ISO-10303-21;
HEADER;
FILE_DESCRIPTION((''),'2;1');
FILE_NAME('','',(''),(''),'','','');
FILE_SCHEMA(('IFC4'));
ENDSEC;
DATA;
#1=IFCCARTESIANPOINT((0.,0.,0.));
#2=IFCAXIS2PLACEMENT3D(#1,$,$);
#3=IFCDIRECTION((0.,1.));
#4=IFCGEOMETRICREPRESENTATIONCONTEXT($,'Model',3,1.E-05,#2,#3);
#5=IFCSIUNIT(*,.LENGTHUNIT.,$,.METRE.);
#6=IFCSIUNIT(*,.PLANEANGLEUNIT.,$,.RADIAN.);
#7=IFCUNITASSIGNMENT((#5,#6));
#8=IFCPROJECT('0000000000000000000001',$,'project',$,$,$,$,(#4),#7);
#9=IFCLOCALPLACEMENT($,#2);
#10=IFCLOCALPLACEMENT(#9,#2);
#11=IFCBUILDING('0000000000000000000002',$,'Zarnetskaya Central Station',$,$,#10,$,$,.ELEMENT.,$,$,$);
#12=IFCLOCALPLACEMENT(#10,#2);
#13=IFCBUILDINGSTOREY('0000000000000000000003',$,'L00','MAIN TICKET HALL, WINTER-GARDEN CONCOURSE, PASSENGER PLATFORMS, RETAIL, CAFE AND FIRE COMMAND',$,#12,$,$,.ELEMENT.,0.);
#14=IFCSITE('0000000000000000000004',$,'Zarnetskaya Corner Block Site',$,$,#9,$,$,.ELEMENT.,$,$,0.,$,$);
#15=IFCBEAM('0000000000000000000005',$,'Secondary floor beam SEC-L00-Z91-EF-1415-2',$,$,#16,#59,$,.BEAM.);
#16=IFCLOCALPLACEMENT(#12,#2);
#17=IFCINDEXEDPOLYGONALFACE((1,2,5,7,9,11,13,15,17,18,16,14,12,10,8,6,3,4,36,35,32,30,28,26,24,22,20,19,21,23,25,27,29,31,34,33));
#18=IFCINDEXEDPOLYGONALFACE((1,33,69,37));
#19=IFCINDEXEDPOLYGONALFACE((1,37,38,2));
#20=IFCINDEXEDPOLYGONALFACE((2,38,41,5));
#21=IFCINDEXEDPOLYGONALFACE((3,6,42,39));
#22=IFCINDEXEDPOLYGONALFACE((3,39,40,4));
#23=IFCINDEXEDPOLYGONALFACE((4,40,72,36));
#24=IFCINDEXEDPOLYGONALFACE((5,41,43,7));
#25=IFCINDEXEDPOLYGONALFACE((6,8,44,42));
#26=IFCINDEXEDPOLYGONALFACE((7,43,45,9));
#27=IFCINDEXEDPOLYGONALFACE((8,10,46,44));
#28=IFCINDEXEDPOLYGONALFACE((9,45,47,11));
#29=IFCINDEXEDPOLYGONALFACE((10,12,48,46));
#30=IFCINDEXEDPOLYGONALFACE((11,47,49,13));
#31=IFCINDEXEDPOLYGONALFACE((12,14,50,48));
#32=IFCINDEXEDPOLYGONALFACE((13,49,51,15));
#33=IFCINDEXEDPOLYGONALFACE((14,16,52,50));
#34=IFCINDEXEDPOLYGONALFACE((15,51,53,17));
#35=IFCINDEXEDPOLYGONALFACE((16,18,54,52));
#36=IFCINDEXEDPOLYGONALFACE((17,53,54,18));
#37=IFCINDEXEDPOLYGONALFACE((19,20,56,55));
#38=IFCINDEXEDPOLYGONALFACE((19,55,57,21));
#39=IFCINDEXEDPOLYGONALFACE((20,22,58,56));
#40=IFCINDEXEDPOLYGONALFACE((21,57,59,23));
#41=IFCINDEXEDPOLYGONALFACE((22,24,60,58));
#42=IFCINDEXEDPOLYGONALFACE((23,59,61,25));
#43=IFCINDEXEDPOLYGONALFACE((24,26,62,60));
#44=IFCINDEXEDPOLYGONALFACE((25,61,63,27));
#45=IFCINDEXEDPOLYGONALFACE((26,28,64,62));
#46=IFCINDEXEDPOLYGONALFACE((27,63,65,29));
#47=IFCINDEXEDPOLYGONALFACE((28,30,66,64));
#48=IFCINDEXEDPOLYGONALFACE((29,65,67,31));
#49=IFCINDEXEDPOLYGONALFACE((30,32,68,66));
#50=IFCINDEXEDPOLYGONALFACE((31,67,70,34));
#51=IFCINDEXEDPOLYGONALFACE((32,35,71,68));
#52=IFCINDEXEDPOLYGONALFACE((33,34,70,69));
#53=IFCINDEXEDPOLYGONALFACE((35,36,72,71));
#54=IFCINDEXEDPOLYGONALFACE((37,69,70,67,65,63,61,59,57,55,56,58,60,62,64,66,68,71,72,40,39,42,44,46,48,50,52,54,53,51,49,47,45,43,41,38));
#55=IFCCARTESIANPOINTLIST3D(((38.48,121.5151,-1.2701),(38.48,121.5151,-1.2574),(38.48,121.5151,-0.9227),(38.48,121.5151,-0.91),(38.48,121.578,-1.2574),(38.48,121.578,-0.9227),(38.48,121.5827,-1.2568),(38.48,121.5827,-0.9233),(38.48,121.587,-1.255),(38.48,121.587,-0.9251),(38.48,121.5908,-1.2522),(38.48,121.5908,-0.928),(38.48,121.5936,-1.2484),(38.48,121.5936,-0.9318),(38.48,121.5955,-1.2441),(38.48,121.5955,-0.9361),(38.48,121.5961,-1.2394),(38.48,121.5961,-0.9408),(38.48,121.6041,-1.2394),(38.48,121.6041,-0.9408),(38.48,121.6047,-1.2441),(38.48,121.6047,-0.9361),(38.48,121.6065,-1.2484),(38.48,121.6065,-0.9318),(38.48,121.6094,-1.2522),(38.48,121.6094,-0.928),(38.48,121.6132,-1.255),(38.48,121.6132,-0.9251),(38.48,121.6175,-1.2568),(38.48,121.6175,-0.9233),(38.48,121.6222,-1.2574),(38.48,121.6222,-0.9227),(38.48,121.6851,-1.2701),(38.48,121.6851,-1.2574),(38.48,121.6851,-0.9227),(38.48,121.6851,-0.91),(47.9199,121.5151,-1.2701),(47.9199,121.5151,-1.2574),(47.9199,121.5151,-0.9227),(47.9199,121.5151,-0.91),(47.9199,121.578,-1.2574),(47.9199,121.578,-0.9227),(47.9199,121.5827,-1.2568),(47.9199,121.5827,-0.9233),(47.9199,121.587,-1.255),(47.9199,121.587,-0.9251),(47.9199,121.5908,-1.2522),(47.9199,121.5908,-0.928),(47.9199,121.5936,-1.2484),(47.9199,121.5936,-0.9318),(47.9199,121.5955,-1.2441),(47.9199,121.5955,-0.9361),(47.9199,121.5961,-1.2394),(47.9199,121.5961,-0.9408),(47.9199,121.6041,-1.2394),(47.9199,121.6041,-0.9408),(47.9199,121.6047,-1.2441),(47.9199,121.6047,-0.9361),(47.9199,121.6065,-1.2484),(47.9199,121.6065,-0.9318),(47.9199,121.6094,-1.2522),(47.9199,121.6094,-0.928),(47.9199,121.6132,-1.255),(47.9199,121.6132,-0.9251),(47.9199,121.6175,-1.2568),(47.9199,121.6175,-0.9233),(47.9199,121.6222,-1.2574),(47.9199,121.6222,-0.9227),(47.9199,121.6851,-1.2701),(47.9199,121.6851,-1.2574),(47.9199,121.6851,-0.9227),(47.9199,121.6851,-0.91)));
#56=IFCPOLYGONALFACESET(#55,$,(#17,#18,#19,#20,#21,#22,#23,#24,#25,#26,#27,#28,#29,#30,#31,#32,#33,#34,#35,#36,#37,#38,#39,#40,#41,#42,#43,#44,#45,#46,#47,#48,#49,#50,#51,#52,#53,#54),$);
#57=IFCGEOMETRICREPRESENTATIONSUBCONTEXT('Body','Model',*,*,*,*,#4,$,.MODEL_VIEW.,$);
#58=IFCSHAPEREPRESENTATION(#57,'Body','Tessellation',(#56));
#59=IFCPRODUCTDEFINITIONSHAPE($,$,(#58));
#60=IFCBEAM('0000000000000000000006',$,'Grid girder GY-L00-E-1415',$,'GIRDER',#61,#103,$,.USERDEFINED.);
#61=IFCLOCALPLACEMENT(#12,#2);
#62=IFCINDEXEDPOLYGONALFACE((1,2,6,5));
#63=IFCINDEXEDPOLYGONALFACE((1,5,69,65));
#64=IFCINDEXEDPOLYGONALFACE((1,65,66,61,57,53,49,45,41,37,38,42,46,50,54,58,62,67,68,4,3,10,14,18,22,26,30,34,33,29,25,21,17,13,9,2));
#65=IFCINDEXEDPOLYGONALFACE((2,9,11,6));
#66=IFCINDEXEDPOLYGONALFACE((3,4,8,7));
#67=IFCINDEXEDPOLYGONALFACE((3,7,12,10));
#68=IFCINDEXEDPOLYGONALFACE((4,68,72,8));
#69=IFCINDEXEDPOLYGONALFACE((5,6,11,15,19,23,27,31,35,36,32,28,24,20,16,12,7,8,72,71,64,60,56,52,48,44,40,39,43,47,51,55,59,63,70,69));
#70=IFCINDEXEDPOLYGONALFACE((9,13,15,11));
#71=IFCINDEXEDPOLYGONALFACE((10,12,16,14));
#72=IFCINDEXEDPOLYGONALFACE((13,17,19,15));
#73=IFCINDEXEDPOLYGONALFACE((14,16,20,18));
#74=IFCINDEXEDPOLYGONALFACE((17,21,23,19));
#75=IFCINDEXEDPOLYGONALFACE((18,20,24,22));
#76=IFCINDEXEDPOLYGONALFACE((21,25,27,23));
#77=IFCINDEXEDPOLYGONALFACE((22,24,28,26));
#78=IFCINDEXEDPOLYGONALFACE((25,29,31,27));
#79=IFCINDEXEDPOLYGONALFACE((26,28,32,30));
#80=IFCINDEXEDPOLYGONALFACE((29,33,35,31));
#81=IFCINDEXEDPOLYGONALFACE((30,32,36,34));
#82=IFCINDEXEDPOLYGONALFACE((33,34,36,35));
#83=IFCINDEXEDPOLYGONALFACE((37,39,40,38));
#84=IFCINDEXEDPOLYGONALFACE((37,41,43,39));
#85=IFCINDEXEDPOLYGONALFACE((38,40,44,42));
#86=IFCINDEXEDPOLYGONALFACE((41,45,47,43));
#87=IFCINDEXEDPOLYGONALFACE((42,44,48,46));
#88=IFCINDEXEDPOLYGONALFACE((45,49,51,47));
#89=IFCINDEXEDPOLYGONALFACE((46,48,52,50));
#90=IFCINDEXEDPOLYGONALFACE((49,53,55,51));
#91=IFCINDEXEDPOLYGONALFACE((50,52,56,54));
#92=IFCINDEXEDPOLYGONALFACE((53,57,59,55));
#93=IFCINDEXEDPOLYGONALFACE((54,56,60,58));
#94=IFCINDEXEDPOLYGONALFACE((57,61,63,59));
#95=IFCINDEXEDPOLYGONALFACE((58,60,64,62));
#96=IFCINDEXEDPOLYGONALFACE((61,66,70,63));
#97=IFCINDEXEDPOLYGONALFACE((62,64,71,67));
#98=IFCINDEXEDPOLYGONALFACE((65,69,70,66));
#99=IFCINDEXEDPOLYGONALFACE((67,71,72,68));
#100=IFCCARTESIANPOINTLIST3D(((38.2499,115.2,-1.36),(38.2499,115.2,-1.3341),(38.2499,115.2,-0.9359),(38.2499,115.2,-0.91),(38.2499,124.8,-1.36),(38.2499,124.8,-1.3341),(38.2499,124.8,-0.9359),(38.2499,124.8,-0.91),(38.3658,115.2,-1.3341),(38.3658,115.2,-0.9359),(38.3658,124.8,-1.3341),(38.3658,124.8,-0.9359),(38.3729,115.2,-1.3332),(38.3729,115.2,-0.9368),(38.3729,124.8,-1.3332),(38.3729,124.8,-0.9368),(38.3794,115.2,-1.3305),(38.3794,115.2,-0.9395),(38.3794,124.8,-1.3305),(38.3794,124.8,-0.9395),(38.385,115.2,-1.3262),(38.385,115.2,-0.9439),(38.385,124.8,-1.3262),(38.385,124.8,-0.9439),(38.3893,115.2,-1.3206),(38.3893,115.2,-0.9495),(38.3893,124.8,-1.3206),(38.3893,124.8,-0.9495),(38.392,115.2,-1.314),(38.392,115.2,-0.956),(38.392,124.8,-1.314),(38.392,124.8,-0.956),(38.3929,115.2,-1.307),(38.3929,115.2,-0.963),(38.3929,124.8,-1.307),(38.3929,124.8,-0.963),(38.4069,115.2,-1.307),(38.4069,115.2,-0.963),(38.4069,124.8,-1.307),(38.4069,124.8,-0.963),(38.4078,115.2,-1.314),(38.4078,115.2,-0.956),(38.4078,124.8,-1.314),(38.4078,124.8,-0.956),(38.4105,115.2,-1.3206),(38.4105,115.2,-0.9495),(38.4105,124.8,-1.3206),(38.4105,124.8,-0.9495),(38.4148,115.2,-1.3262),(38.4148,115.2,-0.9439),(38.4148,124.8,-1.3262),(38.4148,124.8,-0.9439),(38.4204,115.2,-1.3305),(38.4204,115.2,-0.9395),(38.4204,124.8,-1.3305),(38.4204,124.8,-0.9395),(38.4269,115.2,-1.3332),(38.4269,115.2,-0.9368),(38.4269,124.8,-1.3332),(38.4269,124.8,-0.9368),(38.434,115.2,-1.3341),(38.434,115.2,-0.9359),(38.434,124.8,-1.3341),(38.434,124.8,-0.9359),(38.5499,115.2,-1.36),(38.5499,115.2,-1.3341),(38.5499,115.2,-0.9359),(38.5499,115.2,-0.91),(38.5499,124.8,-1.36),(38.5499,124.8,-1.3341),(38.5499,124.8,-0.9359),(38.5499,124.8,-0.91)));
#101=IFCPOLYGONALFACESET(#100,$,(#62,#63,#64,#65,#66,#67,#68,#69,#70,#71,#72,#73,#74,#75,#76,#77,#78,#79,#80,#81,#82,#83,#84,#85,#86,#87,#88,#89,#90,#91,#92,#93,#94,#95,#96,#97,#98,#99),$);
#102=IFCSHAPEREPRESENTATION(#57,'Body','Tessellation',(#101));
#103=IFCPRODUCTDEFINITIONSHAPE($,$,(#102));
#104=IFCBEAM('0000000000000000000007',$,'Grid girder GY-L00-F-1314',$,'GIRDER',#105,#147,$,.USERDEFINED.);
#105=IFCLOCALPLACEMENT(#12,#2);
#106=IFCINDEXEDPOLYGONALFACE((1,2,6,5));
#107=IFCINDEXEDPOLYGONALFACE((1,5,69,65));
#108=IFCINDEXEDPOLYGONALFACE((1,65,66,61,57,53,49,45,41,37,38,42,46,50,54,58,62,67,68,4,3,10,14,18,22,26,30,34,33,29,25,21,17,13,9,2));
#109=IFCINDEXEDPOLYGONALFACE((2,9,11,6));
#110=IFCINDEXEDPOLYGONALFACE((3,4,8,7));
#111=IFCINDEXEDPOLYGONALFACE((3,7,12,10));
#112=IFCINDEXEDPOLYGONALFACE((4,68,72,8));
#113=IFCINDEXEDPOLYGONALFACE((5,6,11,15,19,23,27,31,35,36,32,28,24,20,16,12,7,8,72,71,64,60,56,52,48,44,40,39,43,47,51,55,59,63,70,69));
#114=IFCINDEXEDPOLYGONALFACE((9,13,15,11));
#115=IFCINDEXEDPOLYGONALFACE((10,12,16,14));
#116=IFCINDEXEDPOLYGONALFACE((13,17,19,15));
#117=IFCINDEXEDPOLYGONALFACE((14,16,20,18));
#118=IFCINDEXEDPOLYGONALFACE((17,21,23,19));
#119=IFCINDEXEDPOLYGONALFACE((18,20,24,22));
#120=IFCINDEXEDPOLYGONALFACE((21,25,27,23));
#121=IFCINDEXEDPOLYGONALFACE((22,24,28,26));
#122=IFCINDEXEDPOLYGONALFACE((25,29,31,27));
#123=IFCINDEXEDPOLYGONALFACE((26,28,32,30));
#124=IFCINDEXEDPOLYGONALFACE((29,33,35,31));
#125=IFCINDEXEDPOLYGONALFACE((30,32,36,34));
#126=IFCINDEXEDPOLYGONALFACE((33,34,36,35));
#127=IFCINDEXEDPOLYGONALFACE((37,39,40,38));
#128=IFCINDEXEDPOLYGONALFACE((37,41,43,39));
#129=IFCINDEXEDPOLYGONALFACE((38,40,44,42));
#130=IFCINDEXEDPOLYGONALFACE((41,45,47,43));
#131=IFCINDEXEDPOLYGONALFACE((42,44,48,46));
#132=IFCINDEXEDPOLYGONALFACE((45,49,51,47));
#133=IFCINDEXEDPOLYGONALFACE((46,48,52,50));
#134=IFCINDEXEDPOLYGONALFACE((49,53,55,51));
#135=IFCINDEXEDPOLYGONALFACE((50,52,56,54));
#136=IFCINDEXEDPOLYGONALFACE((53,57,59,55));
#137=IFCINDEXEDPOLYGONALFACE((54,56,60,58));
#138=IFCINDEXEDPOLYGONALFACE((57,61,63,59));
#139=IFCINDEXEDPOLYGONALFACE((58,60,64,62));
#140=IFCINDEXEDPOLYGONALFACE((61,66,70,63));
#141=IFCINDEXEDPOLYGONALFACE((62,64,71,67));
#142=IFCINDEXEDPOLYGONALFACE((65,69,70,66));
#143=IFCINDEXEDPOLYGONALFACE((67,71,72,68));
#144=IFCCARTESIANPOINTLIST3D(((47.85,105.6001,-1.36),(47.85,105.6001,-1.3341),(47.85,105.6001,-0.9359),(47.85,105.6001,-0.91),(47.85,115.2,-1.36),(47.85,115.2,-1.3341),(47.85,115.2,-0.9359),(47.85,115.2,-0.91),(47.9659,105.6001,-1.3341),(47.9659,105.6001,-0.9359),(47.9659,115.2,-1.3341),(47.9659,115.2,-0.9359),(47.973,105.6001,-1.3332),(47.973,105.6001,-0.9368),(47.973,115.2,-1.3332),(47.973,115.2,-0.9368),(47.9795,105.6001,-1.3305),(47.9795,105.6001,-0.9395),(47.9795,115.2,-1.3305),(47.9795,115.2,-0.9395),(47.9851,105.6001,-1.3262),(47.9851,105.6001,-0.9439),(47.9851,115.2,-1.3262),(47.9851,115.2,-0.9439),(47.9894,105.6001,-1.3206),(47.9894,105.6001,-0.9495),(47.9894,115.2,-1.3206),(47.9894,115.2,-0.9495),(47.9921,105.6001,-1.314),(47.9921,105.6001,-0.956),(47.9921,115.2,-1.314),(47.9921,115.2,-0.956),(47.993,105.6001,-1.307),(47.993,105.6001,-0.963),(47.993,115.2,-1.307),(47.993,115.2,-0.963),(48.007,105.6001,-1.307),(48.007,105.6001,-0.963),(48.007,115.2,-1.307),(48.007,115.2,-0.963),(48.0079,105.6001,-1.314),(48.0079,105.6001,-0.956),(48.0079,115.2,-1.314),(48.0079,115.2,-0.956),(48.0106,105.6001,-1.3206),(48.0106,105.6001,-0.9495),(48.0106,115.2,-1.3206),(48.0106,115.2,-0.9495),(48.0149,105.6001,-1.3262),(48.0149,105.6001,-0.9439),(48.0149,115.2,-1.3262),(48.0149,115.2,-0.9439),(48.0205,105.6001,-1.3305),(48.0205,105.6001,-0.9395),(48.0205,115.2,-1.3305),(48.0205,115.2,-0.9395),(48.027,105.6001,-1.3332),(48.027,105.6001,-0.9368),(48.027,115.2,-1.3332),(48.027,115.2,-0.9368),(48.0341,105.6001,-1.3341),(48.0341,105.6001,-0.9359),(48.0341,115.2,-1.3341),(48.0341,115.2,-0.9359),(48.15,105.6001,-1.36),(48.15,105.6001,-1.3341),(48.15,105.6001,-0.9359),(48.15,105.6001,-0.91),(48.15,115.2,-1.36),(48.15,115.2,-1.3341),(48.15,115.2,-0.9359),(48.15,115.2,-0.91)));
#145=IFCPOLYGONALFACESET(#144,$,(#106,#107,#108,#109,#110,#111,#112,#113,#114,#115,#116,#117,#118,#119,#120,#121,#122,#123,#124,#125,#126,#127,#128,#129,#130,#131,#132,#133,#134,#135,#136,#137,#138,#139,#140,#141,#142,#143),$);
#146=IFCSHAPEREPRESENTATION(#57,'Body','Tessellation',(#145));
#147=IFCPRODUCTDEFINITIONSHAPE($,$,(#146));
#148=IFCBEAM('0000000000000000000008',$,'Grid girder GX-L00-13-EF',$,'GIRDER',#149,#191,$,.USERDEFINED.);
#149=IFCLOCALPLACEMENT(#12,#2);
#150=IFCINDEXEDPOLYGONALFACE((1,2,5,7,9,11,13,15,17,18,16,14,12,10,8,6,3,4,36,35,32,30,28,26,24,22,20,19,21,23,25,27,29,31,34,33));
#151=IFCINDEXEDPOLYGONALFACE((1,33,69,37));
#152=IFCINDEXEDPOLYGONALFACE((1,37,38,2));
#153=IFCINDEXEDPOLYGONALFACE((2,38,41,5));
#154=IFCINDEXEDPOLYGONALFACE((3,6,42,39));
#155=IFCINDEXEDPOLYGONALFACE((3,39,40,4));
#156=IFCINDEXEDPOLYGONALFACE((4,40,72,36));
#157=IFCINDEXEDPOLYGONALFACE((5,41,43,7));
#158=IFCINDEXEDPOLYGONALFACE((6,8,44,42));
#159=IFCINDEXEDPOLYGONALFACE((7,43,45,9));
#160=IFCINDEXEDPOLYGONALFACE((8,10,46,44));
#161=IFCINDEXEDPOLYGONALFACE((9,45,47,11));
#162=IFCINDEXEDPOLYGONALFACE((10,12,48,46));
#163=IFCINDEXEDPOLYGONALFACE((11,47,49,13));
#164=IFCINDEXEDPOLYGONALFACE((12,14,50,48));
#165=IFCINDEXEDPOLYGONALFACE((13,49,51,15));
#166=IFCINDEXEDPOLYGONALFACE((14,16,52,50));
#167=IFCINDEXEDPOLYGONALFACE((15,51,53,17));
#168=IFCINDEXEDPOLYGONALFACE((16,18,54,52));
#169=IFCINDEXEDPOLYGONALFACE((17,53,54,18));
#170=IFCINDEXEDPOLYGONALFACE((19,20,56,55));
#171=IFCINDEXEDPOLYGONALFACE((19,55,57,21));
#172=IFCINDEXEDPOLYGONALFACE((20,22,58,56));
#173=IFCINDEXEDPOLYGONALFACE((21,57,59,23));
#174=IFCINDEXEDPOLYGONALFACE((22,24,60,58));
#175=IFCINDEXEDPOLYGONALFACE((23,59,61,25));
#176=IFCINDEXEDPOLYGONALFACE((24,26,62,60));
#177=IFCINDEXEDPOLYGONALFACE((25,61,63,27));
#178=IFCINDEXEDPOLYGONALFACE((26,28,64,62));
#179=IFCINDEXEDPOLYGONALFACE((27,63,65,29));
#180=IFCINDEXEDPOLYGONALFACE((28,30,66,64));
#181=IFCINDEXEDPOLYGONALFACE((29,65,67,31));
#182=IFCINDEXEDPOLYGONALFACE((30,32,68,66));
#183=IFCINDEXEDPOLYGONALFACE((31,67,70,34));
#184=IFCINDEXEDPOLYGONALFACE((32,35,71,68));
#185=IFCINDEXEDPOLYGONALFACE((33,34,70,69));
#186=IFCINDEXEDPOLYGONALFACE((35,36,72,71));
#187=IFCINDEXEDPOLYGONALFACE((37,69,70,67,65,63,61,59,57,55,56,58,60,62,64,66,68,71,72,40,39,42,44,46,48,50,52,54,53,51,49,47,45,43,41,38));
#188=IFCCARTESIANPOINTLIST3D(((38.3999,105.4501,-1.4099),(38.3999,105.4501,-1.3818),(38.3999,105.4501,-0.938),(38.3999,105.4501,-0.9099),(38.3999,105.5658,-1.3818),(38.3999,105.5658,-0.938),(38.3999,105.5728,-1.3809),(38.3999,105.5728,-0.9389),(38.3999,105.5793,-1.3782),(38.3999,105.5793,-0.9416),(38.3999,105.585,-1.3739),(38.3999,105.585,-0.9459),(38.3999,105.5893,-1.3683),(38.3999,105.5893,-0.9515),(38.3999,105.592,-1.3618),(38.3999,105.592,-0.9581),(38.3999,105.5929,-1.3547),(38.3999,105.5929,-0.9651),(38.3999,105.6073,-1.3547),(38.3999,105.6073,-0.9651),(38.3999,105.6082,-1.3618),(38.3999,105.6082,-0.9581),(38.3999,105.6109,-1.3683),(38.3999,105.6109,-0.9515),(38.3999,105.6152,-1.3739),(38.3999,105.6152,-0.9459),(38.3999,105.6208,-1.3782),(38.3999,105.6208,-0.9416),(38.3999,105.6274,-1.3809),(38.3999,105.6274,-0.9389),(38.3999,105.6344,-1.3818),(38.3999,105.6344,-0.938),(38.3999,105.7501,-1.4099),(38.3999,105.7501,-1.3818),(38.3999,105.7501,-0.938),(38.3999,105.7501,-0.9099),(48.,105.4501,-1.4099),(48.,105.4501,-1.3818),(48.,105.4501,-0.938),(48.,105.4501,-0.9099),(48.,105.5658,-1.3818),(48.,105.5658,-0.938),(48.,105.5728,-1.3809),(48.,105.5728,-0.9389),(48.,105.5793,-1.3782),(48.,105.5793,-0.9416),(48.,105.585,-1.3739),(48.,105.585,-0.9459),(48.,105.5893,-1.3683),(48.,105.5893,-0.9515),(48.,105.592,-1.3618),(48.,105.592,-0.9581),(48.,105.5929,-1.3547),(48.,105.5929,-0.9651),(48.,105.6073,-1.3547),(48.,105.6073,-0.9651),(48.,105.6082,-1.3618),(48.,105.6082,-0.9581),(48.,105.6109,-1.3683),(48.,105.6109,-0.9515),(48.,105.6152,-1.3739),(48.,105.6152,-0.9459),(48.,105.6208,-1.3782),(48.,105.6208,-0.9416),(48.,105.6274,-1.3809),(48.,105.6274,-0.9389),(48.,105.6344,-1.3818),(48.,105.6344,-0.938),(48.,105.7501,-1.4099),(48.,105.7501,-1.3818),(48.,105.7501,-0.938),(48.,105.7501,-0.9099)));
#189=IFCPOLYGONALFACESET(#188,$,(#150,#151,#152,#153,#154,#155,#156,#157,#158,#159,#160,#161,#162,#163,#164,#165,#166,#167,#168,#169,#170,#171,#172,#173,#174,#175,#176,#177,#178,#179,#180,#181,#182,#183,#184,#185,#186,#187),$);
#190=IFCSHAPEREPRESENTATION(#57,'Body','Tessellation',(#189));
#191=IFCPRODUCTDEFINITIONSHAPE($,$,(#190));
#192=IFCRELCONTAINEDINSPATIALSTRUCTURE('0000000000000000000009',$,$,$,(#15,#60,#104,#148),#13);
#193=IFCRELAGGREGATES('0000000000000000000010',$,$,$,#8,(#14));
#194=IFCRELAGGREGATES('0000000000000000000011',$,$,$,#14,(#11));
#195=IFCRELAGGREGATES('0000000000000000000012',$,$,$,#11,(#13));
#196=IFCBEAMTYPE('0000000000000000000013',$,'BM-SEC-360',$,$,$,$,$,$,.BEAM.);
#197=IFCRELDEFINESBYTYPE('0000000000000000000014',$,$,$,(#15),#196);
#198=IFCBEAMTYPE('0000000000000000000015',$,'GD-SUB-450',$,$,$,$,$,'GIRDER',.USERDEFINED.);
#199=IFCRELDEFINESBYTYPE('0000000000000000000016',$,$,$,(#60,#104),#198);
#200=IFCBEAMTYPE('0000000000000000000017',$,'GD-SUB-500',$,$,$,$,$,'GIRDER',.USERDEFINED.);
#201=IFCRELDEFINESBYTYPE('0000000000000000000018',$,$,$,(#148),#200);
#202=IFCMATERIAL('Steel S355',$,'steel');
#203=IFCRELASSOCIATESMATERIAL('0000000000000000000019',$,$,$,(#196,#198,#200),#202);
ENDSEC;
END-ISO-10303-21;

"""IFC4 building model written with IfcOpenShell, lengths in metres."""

from ifc_helpers import new_model, si_unit, direction, frame, origin, origin_2d, place, context, subcontext, project, spatial, i_section, extrude, material, material_profile, profile_set, type_object, element, save


model = new_model("IFC4")

# Units and contexts
model_context = context("Model", 3, precision=1e-05, world=origin(), true_north=direction((0.0, 1.0)))
body_context = subcontext(model_context, "Body", "Model", "MODEL_VIEW")
ifc_project = project(units=[si_unit("LENGTHUNIT", "METRE"), si_unit("PLANEANGLEUNIT", "RADIAN")], contexts=[model_context])

# Site, building, storey
site_placement = place(None, origin())
site = spatial("IfcSite", under=ifc_project, at=site_placement, Name="Zarnetskaya Corner Block Site", CompositionType="ELEMENT", RefElevation=0.0)
building_placement = place(site_placement, origin())
building = spatial("IfcBuilding", under=site, at=building_placement, Name="Zarnetskaya Central Station", CompositionType="ELEMENT")
storey_placement = place(building_placement, origin())
storey = spatial("IfcBuildingStorey", under=building, at=storey_placement, Name="L00", Description="MAIN TICKET HALL, WINTER-GARDEN CONCOURSE, PASSENGER PLATFORMS, RETAIL, CAFE AND FIRE COMMAND", CompositionType="ELEMENT", Elevation=0.0)

# Shared definitions
ifc_material = material(Name="Steel S355", Category="steel")

# Beams
ifc_material_profile_1 = material_profile(ifc_material, i_section(OverallWidth=0.1699, OverallDepth=0.3601, WebThickness=0.0081, FlangeThickness=0.0127, FilletRadius=0.0181, at=origin_2d()), Name="IPE 360")
ifc_profile_set_1 = profile_set([ifc_material_profile_1], Name="Steel S355")
beam_type_1 = type_object("IfcBeamType", Name="BM-SEC-360", PredefinedType="BEAM", material=ifc_profile_set_1)
for number, where, z_axis, x_axis, name in (
    (1, (38.48, 121.6001, -1.0901), (1.0, 0.0, 0.0), (0.0, 1.0, 0.0), "Secondary floor beam SEC-L00-Z91-EF-1415-2"),
):
    element("IfcBeam", number, at=place(storey_placement, frame(where, z_axis=z_axis, x_axis=x_axis)), inside=storey, type_object=beam_type_1, Name=name, PredefinedType="BEAM", context=body_context, shape_type="SweptSolid", body=[
        extrude(i_section(OverallWidth=0.1699, OverallDepth=0.3601, WebThickness=0.0081, FlangeThickness=0.0127, FilletRadius=0.0181, at=origin_2d()), origin(), (0.0, 0.0, 1.0), 9.4399),
    ])
ifc_material_profile_2 = material_profile(ifc_material, i_section(OverallWidth=0.3, OverallDepth=0.45, WebThickness=0.0139, FlangeThickness=0.0259, FilletRadius=0.0271, at=origin_2d()), Name="HEB 450")
ifc_profile_set_2 = profile_set([ifc_material_profile_2], Name="Steel S355")
beam_type_2 = type_object("IfcBeamType", Name="GD-SUB-450", ElementType="GIRDER", PredefinedType="USERDEFINED", material=ifc_profile_set_2)
beam_1_placement = place(storey_placement, frame((38.3999, 115.2, -1.135), z_axis=(0.0, 1.0, 0.0), x_axis=(-1.0, 0.0, 0.0)))
element("IfcBeam", 2, at=beam_1_placement, inside=storey, type_object=beam_type_2, Name="Grid girder GY-L00-E-1415", ObjectType="GIRDER", PredefinedType="USERDEFINED", context=body_context, shape_type="SweptSolid", body=[
    extrude(i_section(OverallWidth=0.3, OverallDepth=0.45, WebThickness=0.0139, FlangeThickness=0.0259, FilletRadius=0.0271, at=origin_2d()), origin(), (0.0, 0.0, 1.0), 9.6001),
])
beam_2_placement = place(storey_placement, frame((48.0, 105.6001, -1.135), z_axis=(0.0, 1.0, 0.0), x_axis=(-1.0, 0.0, 0.0)))
element("IfcBeam", 3, at=beam_2_placement, inside=storey, type_object=beam_type_2, Name="Grid girder GY-L00-F-1314", ObjectType="GIRDER", PredefinedType="USERDEFINED", context=body_context, shape_type="SweptSolid", body=[
    extrude(i_section(OverallWidth=0.3, OverallDepth=0.45, WebThickness=0.0139, FlangeThickness=0.0259, FilletRadius=0.0271, at=origin_2d()), origin(), (0.0, 0.0, 1.0), 9.5999),
])
ifc_material_profile_3 = material_profile(ifc_material, i_section(OverallWidth=0.3, OverallDepth=0.5, WebThickness=0.0144, FlangeThickness=0.0281, FilletRadius=0.0271, at=origin_2d()), Name="HEB 500")
ifc_profile_set_3 = profile_set([ifc_material_profile_3], Name="Steel S355")
beam_type_3 = type_object("IfcBeamType", Name="GD-SUB-500", ElementType="GIRDER", PredefinedType="USERDEFINED", material=ifc_profile_set_3)
for number, where, z_axis, x_axis, name in (
    (4, (38.3999, 105.6001, -1.1599), (1.0, 0.0, 0.0), (0.0, 1.0, 0.0), "Grid girder GX-L00-13-EF"),
):
    element("IfcBeam", number, at=place(storey_placement, frame(where, z_axis=z_axis, x_axis=x_axis)), inside=storey, type_object=beam_type_3, Name=name, ObjectType="GIRDER", PredefinedType="USERDEFINED", context=body_context, shape_type="SweptSolid", body=[
        extrude(i_section(OverallWidth=0.3, OverallDepth=0.5, WebThickness=0.0144, FlangeThickness=0.0281, FilletRadius=0.0271, at=origin_2d()), origin(), (0.0, 0.0, 1.0), 9.6001),
    ])

save(model, "model.ifc")
